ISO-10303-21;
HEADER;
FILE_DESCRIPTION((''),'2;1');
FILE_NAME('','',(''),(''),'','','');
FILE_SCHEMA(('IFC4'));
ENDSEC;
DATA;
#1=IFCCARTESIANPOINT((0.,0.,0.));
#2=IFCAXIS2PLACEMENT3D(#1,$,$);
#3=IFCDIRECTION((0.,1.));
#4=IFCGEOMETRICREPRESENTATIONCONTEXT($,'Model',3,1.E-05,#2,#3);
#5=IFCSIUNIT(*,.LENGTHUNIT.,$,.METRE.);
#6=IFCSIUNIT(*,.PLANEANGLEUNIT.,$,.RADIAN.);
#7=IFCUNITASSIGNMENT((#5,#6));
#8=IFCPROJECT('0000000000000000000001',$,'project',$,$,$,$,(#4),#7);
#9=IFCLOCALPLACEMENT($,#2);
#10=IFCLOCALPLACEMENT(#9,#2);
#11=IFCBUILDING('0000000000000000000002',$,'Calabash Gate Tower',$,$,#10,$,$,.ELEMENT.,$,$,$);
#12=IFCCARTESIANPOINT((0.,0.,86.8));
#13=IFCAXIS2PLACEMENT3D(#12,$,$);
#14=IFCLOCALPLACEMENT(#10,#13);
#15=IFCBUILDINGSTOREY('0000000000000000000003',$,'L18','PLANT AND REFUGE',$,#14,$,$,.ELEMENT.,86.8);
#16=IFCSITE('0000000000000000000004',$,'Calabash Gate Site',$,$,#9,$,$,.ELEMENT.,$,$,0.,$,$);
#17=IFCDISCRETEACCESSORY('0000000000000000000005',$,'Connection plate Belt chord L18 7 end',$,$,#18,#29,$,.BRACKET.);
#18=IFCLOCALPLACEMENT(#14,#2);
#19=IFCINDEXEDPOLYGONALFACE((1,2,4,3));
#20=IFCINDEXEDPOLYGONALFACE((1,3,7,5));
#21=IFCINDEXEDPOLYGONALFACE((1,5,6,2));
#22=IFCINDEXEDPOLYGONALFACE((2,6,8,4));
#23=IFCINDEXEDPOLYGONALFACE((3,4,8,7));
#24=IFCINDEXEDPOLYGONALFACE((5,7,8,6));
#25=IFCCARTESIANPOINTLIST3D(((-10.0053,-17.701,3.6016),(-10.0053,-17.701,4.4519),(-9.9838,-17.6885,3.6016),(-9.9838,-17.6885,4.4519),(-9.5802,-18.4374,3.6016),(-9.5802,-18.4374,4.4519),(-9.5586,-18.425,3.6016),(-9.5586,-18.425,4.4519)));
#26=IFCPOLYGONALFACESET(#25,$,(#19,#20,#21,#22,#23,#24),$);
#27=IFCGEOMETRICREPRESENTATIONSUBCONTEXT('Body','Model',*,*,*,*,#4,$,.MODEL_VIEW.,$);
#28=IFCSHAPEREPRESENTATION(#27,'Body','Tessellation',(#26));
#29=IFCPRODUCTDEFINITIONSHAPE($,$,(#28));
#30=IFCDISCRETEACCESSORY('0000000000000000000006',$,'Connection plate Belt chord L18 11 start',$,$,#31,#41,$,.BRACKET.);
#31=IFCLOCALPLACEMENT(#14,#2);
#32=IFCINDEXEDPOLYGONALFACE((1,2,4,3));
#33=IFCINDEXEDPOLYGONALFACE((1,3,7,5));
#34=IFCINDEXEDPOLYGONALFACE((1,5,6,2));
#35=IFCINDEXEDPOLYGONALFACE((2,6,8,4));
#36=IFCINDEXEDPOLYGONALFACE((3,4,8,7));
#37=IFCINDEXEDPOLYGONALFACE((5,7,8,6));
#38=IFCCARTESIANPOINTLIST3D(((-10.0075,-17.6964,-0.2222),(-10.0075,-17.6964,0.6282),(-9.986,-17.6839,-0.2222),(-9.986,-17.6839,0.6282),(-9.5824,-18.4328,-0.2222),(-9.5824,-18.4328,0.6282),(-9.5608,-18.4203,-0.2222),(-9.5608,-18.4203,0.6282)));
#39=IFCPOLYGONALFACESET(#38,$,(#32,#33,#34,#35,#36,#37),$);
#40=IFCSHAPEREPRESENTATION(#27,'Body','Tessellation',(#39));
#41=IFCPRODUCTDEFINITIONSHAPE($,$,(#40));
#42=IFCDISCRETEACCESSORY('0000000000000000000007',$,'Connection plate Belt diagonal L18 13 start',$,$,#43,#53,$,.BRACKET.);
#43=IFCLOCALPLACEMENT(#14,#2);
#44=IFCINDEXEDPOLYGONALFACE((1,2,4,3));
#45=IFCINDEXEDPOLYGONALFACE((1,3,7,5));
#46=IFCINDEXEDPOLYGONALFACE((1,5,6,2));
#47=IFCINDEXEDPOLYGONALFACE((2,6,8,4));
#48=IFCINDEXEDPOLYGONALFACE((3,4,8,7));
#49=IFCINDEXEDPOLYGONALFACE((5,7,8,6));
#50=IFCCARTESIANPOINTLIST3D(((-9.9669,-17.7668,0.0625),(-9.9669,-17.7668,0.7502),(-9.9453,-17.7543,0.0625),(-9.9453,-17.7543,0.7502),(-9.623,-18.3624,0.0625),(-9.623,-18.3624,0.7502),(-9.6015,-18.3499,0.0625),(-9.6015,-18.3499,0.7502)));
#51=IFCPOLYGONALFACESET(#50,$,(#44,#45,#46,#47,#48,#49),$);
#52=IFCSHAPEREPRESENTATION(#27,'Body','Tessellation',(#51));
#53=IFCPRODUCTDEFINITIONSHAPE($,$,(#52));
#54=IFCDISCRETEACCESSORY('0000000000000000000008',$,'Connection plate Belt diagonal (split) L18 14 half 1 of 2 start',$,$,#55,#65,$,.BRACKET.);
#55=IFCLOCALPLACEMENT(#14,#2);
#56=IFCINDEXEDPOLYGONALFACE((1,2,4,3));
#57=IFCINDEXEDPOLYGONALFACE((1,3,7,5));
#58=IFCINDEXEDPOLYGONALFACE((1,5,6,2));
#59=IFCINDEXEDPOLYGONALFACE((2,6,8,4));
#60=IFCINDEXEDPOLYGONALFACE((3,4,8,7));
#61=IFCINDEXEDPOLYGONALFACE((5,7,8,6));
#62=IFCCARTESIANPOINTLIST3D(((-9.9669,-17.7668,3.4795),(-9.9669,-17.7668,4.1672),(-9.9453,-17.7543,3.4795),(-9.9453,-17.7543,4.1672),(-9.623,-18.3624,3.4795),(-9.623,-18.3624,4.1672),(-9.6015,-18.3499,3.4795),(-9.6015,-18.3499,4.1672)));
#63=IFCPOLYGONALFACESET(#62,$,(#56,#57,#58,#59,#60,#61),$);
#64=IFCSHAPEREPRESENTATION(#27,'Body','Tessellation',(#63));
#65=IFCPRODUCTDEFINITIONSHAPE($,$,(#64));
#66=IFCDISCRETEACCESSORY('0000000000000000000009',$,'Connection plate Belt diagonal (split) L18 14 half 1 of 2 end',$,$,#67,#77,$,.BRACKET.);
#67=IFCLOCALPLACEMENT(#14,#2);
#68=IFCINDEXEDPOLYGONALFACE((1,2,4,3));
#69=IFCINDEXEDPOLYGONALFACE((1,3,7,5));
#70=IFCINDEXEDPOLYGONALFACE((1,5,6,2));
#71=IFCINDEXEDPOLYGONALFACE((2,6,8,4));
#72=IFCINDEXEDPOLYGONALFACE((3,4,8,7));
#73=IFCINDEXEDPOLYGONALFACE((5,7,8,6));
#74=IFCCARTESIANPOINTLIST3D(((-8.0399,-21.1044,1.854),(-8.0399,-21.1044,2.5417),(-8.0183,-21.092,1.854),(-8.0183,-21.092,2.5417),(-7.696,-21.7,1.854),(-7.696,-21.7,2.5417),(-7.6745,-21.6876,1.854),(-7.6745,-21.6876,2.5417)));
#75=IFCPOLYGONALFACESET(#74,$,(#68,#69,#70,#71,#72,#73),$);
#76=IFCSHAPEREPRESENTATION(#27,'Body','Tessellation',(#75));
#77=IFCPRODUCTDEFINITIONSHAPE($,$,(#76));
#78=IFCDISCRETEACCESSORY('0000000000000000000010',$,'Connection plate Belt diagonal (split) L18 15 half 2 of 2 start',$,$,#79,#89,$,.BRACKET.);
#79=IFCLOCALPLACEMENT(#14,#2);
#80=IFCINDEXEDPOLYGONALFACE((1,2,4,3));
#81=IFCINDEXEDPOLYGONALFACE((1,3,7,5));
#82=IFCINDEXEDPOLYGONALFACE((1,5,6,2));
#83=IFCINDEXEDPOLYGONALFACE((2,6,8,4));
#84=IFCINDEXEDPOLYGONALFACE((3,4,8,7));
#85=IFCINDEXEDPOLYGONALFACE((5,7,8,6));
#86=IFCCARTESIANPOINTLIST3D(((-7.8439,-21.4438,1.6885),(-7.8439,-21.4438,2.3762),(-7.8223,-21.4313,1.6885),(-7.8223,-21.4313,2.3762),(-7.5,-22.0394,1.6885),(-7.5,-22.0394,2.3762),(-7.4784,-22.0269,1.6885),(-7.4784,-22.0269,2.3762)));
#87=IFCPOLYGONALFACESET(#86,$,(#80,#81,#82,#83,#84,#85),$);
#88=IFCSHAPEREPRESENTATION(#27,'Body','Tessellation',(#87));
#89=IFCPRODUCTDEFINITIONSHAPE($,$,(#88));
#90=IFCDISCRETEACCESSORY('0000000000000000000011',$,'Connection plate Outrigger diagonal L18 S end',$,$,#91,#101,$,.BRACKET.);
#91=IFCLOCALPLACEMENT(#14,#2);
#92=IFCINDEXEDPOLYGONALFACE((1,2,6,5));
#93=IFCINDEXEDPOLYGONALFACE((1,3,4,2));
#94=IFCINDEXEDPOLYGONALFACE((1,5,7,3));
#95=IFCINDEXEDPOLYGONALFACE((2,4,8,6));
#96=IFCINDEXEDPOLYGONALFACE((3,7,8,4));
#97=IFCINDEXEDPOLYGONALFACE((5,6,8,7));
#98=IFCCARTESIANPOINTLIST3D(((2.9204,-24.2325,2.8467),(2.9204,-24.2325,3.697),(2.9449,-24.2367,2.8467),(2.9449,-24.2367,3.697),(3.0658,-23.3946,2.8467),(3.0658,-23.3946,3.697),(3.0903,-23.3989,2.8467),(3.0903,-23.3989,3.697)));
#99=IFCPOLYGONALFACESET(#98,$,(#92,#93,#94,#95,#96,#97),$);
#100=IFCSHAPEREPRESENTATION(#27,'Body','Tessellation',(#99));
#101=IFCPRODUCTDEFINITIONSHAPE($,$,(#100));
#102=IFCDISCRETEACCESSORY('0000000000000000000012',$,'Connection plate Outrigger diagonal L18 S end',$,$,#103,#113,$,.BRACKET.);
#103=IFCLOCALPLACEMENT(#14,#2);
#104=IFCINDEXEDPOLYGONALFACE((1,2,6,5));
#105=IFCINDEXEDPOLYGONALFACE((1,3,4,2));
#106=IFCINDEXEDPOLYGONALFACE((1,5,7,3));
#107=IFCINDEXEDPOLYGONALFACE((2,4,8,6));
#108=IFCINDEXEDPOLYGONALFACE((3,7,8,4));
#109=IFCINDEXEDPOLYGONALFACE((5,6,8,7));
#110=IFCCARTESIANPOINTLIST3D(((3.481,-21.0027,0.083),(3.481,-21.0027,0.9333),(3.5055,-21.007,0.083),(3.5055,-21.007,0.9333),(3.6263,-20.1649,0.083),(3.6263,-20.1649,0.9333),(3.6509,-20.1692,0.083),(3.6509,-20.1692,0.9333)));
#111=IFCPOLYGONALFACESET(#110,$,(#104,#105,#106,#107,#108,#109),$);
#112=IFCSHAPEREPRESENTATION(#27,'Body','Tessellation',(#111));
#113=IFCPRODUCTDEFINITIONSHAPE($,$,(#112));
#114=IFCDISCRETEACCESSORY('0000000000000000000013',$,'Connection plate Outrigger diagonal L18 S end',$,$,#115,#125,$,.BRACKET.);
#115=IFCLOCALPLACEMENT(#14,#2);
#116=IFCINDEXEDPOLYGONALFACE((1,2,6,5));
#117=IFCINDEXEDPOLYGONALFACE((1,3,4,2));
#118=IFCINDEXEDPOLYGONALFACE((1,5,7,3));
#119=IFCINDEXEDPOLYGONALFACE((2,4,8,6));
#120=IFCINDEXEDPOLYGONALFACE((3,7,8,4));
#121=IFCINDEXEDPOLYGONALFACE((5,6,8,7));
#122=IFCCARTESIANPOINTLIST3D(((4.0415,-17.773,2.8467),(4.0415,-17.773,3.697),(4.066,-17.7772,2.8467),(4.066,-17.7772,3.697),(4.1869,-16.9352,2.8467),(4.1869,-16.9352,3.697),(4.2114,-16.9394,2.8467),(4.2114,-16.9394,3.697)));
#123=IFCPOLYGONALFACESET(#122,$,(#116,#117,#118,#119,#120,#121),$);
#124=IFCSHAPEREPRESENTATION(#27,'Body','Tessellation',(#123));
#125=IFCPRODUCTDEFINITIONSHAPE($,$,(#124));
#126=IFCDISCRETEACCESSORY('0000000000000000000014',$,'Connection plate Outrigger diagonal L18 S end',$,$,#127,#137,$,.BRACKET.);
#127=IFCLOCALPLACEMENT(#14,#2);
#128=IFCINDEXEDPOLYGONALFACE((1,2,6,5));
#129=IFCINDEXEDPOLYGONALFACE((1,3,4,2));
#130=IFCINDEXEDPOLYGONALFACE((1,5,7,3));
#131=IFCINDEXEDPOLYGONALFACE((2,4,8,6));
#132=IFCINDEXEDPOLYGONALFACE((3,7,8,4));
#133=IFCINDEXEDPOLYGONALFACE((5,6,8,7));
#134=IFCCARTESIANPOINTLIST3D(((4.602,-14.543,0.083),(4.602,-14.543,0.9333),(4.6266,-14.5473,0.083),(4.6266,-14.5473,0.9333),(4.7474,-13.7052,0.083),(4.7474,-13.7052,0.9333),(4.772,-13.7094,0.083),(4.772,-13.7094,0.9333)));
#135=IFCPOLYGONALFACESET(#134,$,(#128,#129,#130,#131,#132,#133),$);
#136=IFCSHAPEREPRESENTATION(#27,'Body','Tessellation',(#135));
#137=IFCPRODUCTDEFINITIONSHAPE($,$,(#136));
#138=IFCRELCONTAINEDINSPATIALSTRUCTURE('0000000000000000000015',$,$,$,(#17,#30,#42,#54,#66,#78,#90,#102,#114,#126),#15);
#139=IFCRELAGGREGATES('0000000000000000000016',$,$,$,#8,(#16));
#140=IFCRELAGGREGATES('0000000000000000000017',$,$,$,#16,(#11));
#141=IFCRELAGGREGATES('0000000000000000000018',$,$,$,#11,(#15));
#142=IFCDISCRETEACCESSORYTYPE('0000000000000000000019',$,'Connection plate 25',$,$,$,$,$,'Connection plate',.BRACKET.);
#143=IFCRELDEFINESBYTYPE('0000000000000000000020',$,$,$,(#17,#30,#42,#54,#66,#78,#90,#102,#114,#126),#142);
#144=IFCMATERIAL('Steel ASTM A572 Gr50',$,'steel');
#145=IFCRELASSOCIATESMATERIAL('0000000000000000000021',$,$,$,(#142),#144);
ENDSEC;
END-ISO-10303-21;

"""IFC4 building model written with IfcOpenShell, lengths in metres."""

from ifc_helpers import new_model, si_unit, direction, frame, origin, origin_2d, place, context, subcontext, project, spatial, rectangle, extrude, material, type_object, element, save


model = new_model("IFC4")

# Units and contexts
model_context = context("Model", 3, precision=1e-05, world=origin(), true_north=direction((0.0, 1.0)))
body_context = subcontext(model_context, "Body", "Model", "MODEL_VIEW")
ifc_project = project(units=[si_unit("LENGTHUNIT", "METRE"), si_unit("PLANEANGLEUNIT", "RADIAN")], contexts=[model_context])

# Site, building, storey
site_placement = place(None, origin())
site = spatial("IfcSite", under=ifc_project, at=site_placement, Name="Calabash Gate Site", CompositionType="ELEMENT", RefElevation=0.0)
building_placement = place(site_placement, origin())
building = spatial("IfcBuilding", under=site, at=building_placement, Name="Calabash Gate Tower", CompositionType="ELEMENT")
storey_placement = place(building_placement, frame((0.0, 0.0, 86.8)))
storey = spatial("IfcBuildingStorey", under=building, at=storey_placement, Name="L18", Description="PLANT AND REFUGE", CompositionType="ELEMENT", Elevation=86.8)

# Discrete accessories
ifc_material_1 = material(Name="Steel ASTM A572 Gr50", Category="steel")
discrete_accessory_type = type_object("IfcDiscreteAccessoryType", Name="Connection plate 25", ElementType="Connection plate", PredefinedType="BRACKET", material=ifc_material_1)
for number, where, z_axis, x_axis, name in (
    (1, (-9.782, -18.063, 3.6016), (0.0, 0.0, 1.0), (0.499949, -0.866055, 0.0), "Connection plate Belt chord L18 7 end"),
    (2, (-9.7842, -18.0583, -0.2222), (0.0, 0.0, 1.0), (0.5, -0.866025, 0.0), "Connection plate Belt chord L18 11 start"),
):
    element("IfcDiscreteAccessory", number, at=place(storey_placement, frame(where, z_axis=z_axis, x_axis=x_axis)), inside=storey, type_object=discrete_accessory_type, Name=name, PredefinedType="BRACKET", context=body_context, shape_type="SweptSolid", body=[
        extrude(rectangle(XDim=0.8503, YDim=0.0249, at=origin_2d()), origin(), (0.0, 0.0, 1.0), 0.8503),
    ])
for number, where, z_axis, x_axis, name in (
    (3, (-9.7842, -18.0583, 0.0625), (0.0, 0.0, 1.0), (0.5, -0.866025, 0.0), "Connection plate Belt diagonal L18 13 start"),
    (4, (-9.7842, -18.0583, 3.4795), (0.0, 0.0, 1.0), (0.5, -0.866025, 0.0), "Connection plate Belt diagonal (split) L18 14 half 1 of 2 start"),
    (5, (-7.8572, -21.396, 1.854), (0.0, 0.0, 1.0), (0.5, -0.866025, 0.0), "Connection plate Belt diagonal (split) L18 14 half 1 of 2 end"),
    (6, (-7.6611, -21.7354, 1.6885), (0.0, 0.0, 1.0), (0.5, -0.866025, 0.0), "Connection plate Belt diagonal (split) L18 15 half 2 of 2 start"),
):
    element("IfcDiscreteAccessory", number, at=place(storey_placement, frame(where, z_axis=z_axis, x_axis=x_axis)), inside=storey, type_object=discrete_accessory_type, Name=name, PredefinedType="BRACKET", context=body_context, shape_type="SweptSolid", body=[
        extrude(rectangle(XDim=0.6877, YDim=0.0249, at=origin_2d()), origin(), (0.0, 0.0, 1.0), 0.6877),
    ])
for number, where, z_axis, x_axis, name in (
    (7, (3.0054, -23.8157, 2.8467), (0.0, 0.0, 1.0), (0.170985, 0.985274, 0.0), "Connection plate Outrigger diagonal L18 S end"),
    (8, (3.5659, -20.5859, 0.083), (0.0, 0.0, 1.0), (0.170985, 0.985274, 0.0), "Connection plate Outrigger diagonal L18 S end"),
    (9, (4.1265, -17.3562, 2.8467), (0.0, 0.0, 1.0), (0.170985, 0.985274, 0.0), "Connection plate Outrigger diagonal L18 S end"),
    (10, (4.687, -14.1262, 0.083), (0.0, 0.0, 1.0), (0.170985, 0.985274, 0.0), "Connection plate Outrigger diagonal L18 S end"),
):
    element("IfcDiscreteAccessory", number, at=place(storey_placement, frame(where, z_axis=z_axis, x_axis=x_axis)), inside=storey, type_object=discrete_accessory_type, Name=name, PredefinedType="BRACKET", context=body_context, shape_type="SweptSolid", body=[
        extrude(rectangle(XDim=0.8503, YDim=0.0249, at=origin_2d()), origin(), (0.0, 0.0, 1.0), 0.8503),
    ])

save(model, "model.ifc")
